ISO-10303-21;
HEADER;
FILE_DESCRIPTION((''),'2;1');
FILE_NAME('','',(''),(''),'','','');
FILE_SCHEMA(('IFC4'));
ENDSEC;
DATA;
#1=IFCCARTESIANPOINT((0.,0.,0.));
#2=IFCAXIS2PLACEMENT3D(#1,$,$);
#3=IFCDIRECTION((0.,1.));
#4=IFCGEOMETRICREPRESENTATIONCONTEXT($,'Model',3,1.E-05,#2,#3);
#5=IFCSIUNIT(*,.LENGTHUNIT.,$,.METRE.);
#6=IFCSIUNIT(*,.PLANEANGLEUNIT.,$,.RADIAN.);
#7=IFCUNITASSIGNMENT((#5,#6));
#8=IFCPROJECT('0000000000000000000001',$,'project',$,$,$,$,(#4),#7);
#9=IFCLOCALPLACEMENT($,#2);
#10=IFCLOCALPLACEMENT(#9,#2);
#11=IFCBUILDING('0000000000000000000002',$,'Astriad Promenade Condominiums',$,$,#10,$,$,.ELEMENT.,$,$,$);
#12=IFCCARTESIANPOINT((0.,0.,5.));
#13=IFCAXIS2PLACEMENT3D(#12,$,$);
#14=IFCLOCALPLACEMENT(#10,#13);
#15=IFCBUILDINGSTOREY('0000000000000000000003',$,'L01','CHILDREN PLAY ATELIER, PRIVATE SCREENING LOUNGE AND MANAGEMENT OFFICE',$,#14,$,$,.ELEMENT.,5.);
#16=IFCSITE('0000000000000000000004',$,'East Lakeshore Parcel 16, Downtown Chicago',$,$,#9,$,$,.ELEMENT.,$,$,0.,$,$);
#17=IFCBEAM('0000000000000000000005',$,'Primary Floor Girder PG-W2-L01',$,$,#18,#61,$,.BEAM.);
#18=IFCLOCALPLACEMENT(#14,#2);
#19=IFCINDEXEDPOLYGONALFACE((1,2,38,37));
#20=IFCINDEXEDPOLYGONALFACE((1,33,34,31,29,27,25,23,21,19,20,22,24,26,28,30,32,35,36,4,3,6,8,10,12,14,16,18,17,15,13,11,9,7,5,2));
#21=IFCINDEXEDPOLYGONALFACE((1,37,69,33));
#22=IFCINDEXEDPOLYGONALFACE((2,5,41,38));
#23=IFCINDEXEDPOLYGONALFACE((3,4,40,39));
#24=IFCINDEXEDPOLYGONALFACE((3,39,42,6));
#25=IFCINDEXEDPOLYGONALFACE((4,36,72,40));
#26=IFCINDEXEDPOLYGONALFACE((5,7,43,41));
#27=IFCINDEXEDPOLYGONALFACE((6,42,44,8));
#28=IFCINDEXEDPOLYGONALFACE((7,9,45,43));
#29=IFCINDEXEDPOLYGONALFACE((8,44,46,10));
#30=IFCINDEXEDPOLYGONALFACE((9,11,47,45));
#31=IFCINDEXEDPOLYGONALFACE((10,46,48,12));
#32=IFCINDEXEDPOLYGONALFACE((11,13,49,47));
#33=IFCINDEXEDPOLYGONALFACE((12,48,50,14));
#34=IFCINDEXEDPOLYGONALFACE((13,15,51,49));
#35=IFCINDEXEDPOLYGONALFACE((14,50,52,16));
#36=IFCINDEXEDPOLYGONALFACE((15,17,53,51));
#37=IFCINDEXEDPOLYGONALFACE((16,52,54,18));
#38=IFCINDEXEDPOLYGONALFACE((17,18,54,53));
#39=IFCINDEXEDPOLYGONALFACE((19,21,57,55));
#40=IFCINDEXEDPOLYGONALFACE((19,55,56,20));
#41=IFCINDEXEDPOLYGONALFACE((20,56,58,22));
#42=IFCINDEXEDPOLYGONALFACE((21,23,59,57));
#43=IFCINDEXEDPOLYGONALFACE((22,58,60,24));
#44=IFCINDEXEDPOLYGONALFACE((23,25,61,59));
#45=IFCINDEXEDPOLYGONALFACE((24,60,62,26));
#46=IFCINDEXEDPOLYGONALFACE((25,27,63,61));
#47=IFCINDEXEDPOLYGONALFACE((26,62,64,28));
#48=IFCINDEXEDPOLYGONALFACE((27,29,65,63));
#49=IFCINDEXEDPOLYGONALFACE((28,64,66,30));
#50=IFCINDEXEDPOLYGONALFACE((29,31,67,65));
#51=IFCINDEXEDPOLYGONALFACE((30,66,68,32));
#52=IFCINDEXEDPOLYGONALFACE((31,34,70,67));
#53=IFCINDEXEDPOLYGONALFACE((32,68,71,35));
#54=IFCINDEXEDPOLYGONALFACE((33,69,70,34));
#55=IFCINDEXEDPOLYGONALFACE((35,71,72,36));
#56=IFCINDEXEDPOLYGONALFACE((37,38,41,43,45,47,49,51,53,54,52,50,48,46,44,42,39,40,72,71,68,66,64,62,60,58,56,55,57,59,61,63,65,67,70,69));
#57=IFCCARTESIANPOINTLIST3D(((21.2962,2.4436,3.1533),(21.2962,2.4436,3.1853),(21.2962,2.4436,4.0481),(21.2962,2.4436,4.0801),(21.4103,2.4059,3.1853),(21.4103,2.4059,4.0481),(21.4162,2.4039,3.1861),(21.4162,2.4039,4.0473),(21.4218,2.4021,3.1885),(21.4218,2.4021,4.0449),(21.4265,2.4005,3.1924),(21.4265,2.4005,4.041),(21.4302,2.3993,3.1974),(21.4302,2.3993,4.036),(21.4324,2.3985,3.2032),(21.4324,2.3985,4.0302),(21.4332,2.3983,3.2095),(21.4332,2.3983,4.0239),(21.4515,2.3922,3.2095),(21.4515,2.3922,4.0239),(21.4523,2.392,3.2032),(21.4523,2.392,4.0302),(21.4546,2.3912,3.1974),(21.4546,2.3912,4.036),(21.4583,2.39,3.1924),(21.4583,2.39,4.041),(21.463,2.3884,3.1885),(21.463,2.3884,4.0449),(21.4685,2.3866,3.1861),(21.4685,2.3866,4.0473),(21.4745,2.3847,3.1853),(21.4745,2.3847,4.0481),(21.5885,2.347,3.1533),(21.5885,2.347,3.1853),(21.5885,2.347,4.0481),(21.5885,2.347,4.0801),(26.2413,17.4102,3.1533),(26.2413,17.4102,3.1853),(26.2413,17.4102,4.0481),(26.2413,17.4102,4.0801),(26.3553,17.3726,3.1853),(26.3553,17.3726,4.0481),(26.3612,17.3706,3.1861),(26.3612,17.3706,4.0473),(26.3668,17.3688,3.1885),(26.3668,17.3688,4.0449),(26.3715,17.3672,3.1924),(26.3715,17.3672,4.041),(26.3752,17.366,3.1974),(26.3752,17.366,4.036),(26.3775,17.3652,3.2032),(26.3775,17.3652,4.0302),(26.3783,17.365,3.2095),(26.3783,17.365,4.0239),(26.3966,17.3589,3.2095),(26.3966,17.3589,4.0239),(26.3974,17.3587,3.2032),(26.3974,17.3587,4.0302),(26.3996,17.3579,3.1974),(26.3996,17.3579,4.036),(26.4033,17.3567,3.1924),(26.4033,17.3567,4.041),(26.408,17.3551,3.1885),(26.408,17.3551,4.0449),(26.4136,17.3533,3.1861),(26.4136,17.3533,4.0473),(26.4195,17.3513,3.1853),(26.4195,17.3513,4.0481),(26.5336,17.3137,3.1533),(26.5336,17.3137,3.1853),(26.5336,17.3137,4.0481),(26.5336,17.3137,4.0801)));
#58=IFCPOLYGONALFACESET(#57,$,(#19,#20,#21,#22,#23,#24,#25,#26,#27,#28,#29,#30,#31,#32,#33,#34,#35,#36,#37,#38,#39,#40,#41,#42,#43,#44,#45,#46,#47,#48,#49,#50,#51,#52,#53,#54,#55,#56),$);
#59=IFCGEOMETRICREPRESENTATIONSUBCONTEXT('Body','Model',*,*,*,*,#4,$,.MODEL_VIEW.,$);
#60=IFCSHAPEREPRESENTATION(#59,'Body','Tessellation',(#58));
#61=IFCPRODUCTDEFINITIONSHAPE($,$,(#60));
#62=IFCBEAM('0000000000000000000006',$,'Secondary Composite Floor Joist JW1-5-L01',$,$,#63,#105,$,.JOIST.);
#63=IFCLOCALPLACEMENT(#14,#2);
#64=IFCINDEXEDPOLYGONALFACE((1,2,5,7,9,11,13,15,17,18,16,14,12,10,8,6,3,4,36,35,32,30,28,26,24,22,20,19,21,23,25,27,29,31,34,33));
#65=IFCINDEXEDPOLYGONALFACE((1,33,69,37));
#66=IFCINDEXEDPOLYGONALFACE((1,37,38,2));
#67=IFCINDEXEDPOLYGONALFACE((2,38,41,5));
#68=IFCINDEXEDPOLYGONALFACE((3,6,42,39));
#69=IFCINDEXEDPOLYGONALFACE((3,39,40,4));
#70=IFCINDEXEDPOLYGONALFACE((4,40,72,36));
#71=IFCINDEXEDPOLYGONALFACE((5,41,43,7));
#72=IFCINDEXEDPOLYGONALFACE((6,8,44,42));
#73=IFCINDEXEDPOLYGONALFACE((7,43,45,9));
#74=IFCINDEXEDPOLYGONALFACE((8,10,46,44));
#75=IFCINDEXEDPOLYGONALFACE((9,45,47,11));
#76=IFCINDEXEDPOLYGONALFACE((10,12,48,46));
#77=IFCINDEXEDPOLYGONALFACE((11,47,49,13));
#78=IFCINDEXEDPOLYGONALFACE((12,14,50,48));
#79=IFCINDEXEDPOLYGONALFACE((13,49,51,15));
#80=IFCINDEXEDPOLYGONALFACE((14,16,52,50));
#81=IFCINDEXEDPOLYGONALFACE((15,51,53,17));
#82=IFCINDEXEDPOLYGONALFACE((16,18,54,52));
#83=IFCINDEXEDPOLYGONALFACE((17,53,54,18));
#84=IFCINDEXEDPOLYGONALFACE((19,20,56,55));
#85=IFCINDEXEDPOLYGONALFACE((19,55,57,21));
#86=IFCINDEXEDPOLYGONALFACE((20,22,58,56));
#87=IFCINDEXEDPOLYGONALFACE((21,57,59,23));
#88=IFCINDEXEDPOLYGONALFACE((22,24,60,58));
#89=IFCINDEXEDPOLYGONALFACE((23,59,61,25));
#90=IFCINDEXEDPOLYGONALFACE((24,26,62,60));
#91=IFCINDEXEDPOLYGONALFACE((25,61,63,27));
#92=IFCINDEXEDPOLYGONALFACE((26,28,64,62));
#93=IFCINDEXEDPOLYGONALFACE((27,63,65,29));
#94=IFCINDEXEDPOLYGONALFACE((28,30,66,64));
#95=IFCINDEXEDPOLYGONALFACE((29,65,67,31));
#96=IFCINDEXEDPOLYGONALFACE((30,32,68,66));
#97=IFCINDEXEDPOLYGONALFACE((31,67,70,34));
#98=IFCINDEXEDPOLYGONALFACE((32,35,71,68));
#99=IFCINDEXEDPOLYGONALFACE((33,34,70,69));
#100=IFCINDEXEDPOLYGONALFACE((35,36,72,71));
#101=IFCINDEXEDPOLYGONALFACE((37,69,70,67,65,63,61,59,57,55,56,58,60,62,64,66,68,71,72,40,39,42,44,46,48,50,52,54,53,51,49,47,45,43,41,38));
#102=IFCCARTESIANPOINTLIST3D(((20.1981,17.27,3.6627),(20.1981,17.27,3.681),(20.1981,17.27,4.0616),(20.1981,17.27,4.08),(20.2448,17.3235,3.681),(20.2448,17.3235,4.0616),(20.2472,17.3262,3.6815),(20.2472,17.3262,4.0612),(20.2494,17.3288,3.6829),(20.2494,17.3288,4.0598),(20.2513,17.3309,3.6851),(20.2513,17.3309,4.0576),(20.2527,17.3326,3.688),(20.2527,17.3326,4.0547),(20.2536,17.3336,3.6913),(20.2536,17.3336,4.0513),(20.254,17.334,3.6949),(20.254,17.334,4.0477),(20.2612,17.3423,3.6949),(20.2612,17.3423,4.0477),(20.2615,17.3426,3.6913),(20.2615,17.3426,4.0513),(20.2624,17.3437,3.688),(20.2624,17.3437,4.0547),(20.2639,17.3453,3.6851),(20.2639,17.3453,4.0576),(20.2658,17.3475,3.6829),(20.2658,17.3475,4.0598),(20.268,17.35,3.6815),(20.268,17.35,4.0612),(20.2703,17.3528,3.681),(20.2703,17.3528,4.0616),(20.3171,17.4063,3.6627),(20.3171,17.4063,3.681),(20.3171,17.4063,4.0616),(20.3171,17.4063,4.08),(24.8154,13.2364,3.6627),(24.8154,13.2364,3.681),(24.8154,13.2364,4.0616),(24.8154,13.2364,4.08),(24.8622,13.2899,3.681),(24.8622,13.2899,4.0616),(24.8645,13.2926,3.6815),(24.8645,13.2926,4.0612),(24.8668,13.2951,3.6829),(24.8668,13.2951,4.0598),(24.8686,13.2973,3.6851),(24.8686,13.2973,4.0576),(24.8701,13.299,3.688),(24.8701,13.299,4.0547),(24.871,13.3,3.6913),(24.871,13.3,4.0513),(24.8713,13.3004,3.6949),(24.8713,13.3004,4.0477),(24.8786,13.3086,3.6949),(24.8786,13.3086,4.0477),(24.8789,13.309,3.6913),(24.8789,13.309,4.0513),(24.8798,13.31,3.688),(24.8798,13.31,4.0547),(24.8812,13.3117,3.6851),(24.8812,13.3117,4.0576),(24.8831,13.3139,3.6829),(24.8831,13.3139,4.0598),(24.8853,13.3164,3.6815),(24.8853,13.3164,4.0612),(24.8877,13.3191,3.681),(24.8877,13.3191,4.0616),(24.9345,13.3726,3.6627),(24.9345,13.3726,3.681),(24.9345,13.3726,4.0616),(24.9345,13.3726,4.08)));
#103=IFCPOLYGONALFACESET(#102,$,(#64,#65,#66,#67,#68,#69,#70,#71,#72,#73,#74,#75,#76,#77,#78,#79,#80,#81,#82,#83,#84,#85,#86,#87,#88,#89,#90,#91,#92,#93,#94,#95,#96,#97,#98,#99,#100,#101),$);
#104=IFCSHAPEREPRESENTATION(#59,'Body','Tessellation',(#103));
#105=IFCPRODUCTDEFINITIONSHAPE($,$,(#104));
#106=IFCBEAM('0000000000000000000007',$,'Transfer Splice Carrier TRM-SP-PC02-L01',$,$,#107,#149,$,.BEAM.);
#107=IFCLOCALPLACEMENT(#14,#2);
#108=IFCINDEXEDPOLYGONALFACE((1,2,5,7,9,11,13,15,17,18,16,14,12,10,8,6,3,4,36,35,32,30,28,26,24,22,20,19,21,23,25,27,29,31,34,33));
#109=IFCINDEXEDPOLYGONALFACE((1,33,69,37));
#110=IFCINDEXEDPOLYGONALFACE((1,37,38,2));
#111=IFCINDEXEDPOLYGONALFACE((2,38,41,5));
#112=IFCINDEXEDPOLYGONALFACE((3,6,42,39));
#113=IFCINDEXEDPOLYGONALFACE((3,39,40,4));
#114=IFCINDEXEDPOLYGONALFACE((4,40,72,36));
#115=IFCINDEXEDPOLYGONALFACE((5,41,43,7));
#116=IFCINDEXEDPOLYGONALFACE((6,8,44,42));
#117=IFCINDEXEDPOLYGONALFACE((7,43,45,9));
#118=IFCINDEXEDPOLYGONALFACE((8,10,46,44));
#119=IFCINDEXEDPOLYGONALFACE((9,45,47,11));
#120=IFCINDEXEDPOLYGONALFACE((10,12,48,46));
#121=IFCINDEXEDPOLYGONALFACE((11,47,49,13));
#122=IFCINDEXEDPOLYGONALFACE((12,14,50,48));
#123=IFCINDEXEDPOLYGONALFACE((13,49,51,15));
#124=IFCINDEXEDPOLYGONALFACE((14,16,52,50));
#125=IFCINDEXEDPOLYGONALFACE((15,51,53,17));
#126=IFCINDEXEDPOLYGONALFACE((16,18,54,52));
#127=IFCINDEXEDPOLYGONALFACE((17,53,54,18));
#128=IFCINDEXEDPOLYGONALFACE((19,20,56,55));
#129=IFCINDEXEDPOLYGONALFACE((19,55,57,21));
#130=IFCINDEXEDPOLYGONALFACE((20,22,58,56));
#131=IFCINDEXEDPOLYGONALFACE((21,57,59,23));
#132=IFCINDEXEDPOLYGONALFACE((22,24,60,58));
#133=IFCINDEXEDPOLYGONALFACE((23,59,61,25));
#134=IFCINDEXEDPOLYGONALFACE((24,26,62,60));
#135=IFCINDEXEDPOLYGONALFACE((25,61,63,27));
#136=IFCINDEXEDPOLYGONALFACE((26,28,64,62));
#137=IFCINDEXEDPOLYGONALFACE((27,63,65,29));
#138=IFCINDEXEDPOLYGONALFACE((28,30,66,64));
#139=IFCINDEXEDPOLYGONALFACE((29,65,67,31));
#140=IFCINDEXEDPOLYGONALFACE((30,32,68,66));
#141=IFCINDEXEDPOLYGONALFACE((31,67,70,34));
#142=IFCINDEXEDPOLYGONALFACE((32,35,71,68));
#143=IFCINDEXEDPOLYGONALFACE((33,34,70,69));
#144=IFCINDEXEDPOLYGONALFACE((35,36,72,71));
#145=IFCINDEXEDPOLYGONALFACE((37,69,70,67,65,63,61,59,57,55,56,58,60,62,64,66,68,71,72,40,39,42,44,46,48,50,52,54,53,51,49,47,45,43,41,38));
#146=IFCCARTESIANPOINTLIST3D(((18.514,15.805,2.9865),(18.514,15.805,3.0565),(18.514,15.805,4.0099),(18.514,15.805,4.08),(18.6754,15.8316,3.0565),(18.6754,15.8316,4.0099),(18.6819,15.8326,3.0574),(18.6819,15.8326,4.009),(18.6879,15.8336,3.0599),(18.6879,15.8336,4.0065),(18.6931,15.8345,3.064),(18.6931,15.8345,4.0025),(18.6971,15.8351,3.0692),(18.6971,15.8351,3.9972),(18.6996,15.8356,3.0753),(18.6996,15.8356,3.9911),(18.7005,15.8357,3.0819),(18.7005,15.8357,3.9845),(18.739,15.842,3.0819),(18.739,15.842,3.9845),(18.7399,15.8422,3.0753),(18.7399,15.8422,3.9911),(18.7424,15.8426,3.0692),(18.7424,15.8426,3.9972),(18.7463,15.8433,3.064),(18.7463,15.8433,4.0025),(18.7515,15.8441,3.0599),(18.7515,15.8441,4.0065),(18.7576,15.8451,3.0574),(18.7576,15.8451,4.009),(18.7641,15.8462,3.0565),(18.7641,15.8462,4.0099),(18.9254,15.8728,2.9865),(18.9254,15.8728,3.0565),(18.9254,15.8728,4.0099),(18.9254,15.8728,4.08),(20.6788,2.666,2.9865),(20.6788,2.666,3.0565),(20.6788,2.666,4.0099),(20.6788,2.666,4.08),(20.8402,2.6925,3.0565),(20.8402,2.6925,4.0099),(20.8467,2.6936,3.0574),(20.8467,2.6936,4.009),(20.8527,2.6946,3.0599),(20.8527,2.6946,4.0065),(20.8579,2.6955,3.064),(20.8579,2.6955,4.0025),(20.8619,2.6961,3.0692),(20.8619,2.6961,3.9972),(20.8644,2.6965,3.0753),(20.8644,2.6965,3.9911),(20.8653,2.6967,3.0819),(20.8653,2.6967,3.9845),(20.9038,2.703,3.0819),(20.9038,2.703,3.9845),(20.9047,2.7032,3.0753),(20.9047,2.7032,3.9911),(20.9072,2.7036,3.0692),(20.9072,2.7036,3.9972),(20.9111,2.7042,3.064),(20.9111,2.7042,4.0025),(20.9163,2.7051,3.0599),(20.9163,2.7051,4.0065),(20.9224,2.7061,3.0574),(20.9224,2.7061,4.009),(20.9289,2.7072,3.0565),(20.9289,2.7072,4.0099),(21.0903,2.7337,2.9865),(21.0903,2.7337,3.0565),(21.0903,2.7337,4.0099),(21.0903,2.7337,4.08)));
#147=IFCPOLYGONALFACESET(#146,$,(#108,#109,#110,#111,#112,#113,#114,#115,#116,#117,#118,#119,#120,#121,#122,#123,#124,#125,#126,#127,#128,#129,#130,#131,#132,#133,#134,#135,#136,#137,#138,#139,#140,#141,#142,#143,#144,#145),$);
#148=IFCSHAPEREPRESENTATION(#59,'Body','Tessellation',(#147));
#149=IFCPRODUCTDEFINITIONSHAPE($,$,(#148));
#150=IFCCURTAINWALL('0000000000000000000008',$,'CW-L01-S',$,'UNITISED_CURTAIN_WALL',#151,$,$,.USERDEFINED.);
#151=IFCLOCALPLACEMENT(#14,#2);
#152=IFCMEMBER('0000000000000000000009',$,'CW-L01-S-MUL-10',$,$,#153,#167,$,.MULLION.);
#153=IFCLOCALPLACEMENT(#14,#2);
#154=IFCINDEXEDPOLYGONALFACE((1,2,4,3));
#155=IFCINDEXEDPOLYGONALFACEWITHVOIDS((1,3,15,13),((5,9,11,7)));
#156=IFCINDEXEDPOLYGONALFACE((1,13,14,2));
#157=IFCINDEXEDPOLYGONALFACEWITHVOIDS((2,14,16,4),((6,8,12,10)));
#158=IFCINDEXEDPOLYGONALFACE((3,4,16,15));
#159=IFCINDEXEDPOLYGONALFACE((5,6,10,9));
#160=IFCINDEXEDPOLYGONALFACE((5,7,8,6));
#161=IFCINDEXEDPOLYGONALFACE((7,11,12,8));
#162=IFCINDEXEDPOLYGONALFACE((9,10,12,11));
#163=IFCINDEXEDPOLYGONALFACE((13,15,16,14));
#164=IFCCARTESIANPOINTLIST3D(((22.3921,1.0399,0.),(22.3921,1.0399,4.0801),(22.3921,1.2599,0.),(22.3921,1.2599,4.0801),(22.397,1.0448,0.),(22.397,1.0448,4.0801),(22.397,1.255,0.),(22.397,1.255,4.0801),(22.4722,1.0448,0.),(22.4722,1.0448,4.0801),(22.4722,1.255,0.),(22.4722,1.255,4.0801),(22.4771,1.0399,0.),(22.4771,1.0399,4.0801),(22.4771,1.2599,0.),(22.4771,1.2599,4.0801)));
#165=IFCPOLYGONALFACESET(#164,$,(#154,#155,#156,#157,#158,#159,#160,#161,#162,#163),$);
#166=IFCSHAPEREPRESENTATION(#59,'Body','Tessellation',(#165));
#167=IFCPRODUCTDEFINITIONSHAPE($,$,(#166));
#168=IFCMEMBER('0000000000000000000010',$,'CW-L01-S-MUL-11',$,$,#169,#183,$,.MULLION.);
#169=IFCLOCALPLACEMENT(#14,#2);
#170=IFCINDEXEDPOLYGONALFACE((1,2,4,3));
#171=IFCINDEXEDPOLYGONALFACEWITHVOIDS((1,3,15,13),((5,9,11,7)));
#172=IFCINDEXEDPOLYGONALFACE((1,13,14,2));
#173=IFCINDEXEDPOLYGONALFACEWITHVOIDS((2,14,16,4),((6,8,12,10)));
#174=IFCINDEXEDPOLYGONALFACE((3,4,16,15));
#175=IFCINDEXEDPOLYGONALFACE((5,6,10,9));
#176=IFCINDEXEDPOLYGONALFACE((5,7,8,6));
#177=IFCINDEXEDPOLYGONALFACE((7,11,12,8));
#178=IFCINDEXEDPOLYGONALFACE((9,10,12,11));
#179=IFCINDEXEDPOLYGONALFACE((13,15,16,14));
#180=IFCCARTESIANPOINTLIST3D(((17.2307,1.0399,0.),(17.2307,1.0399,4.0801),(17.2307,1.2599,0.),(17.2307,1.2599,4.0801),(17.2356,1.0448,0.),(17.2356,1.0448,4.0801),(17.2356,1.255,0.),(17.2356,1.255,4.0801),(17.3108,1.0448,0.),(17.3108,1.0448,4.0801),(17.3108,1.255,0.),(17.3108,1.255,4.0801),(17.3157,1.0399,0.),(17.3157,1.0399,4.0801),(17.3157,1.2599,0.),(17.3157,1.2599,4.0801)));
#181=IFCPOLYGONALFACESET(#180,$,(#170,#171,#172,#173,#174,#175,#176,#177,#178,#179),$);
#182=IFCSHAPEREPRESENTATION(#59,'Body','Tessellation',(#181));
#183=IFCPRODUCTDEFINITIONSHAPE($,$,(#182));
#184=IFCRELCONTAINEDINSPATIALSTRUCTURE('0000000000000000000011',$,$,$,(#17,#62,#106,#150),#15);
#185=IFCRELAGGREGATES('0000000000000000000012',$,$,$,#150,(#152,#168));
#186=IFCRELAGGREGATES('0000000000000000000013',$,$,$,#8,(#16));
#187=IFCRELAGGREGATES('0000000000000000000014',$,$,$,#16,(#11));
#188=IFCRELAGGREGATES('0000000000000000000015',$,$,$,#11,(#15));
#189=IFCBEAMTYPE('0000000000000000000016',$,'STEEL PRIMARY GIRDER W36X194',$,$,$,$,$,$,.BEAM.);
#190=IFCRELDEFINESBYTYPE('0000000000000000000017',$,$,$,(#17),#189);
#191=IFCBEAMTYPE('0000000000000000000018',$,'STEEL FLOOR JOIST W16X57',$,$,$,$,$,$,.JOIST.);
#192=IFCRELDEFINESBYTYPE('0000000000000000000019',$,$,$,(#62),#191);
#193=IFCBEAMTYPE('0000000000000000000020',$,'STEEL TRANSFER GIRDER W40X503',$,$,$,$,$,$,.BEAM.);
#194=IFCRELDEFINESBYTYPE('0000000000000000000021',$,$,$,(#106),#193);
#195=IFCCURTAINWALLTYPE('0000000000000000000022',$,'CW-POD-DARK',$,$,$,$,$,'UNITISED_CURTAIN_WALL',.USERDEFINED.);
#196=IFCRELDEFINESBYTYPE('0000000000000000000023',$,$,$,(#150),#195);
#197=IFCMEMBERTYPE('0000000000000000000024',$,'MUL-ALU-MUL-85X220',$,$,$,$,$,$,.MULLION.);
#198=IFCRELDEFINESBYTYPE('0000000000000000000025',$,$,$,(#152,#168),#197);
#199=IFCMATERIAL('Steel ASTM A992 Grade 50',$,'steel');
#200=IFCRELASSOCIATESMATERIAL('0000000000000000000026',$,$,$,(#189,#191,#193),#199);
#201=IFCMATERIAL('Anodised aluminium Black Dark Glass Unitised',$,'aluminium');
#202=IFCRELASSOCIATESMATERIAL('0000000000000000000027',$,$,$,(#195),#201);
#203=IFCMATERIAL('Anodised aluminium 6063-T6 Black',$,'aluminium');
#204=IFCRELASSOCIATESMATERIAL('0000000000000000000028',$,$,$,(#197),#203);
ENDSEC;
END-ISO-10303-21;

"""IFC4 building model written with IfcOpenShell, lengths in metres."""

from ifc_helpers import new_model, si_unit, direction, frame, origin, origin_2d, place, context, subcontext, project, spatial, hollow_rectangle, i_section, extrude, source, transform, mapped, material, material_profile, profile_set, type_object, type_shapes, element, aggregate, save


model = new_model("IFC4")

# Units and contexts
model_context = context("Model", 3, precision=1e-05, world=origin(), true_north=direction((0.0, 1.0)))
body_context = subcontext(model_context, "Body", "Model", "MODEL_VIEW")
ifc_project = project(units=[si_unit("LENGTHUNIT", "METRE"), si_unit("PLANEANGLEUNIT", "RADIAN")], contexts=[model_context])

# Site, building, storey
site_placement = place(None, origin())
site = spatial("IfcSite", under=ifc_project, at=site_placement, Name="East Lakeshore Parcel 16, Downtown Chicago", CompositionType="ELEMENT", RefElevation=0.0)
building_placement = place(site_placement, origin())
building = spatial("IfcBuilding", under=site, at=building_placement, Name="Astriad Promenade Condominiums", CompositionType="ELEMENT")
storey_placement = place(building_placement, frame((0.0, 0.0, 5.0)))
storey = spatial("IfcBuildingStorey", under=building, at=storey_placement, Name="L01", Description="CHILDREN PLAY ATELIER, PRIVATE SCREENING LOUNGE AND MANAGEMENT OFFICE", CompositionType="ELEMENT", Elevation=5.0)

# Shared definitions
ifc_material_1 = material(Name="Steel ASTM A992 Grade 50", Category="steel")

# Beams
ifc_material_profile_1 = material_profile(ifc_material_1, i_section(OverallWidth=0.3079, OverallDepth=0.9268, WebThickness=0.0193, FlangeThickness=0.032, FilletRadius=0.0242, at=origin_2d()), Name="W36X194")
ifc_profile_set_1 = profile_set([ifc_material_profile_1], Name="Steel ASTM A992 Grade 50")
beam_type_1 = type_object("IfcBeamType", Name="STEEL PRIMARY GIRDER W36X194", PredefinedType="BEAM", material=ifc_profile_set_1)
shared_shape_1 = source(origin(), body_context, "Body", "SweptSolid", [
    extrude(i_section(OverallWidth=0.3079, OverallDepth=0.9268, WebThickness=0.0193, FlangeThickness=0.032, FilletRadius=0.0242, at=origin_2d()), origin(), (0.0, 0.0, 1.0), 15.7625),
])
type_shapes(beam_type_1, [shared_shape_1])
beam_1_placement = place(storey_placement, frame((21.4424, 2.3953, 3.6167), z_axis=(0.313722, 0.949515, 0.0), x_axis=(-0.949515, 0.313722, 0.0)))
element("IfcBeam", 1, at=beam_1_placement, inside=storey, type_object=beam_type_1, Name="Primary Floor Girder PG-W2-L01", PredefinedType="BEAM", context=body_context, shape_type="MappedRepresentation", body=[
    mapped(shared_shape_1, transform((0.0, 0.0, 0.0), scale=1.0)),
])
ifc_material_profile_2 = material_profile(ifc_material_1, i_section(OverallWidth=0.1809, OverallDepth=0.4172, WebThickness=0.011, FlangeThickness=0.0183, FilletRadius=0.0139, at=origin_2d()), Name="W16X57")
ifc_profile_set_2 = profile_set([ifc_material_profile_2], Name="Steel ASTM A992 Grade 50")
beam_type_2 = type_object("IfcBeamType", Name="STEEL FLOOR JOIST W16X57", PredefinedType="JOIST", material=ifc_profile_set_2)
shared_shape_2 = source(origin(), body_context, "Body", "SweptSolid", [
    extrude(i_section(OverallWidth=0.1809, OverallDepth=0.4172, WebThickness=0.011, FlangeThickness=0.0183, FilletRadius=0.0139, at=origin_2d()), origin(), (0.0, 0.0, 1.0), 6.1311),
])
type_shapes(beam_type_2, [shared_shape_2])
beam_2_placement = place(storey_placement, frame((20.2576, 17.3381, 3.8713), z_axis=(0.753107, -0.657898, 0.0), x_axis=(0.657898, 0.753107, 0.0)))
element("IfcBeam", 2, at=beam_2_placement, inside=storey, type_object=beam_type_2, Name="Secondary Composite Floor Joist JW1-5-L01", PredefinedType="JOIST", context=body_context, shape_type="MappedRepresentation", body=[
    mapped(shared_shape_2, transform((0.0, 0.0, 0.0), scale=1.0)),
])
ifc_material_profile_3 = material_profile(ifc_material_1, i_section(OverallWidth=0.417, OverallDepth=1.0935, WebThickness=0.0391, FlangeThickness=0.0701, FilletRadius=0.0254, at=origin_2d()), Name="W40X503")
ifc_profile_set_3 = profile_set([ifc_material_profile_3], Name="Steel ASTM A992 Grade 50")
beam_type_3 = type_object("IfcBeamType", Name="STEEL TRANSFER GIRDER W40X503", PredefinedType="BEAM", material=ifc_profile_set_3)
shared_shape_3 = source(origin(), body_context, "Body", "SweptSolid", [
    extrude(i_section(OverallWidth=0.417, OverallDepth=1.0935, WebThickness=0.0391, FlangeThickness=0.0701, FilletRadius=0.0254, at=origin_2d()), origin(), (0.0, 0.0, 1.0), 13.3162),
])
type_shapes(beam_type_3, [shared_shape_3])
beam_3_placement = place(storey_placement, frame((18.7197, 15.8389, 3.5332), z_axis=(0.16257, -0.986697, 0.0), x_axis=(0.986697, 0.16257, 0.0)))
element("IfcBeam", 3, at=beam_3_placement, inside=storey, type_object=beam_type_3, Name="Transfer Splice Carrier TRM-SP-PC02-L01", PredefinedType="BEAM", context=body_context, shape_type="MappedRepresentation", body=[
    mapped(shared_shape_3, transform((0.0, 0.0, 0.0), scale=1.0)),
])

# Curtain wall, members
ifc_material_2 = material(Name="Anodised aluminium Black Dark Glass Unitised", Category="aluminium")
curtain_wall_type = type_object("IfcCurtainWallType", Name="CW-POD-DARK", ElementType="UNITISED_CURTAIN_WALL", PredefinedType="USERDEFINED", material=ifc_material_2)
curtain_wall_placement = place(storey_placement, origin())
curtain_wall = element("IfcCurtainWall", 4, at=curtain_wall_placement, inside=storey, type_object=curtain_wall_type, Name="CW-L01-S", ObjectType="UNITISED_CURTAIN_WALL", PredefinedType="USERDEFINED")
ifc_material_3 = material(Name="Anodised aluminium 6063-T6 Black", Category="aluminium")
ifc_material_profile_4 = material_profile(ifc_material_3, hollow_rectangle(XDim=0.085, YDim=0.22, WallThickness=0.0049, at=origin_2d()), Name="ALU-MUL-85X220")
ifc_profile_set_4 = profile_set([ifc_material_profile_4], Name="Anodised aluminium 6063-T6 Black")
member_type_1 = type_object("IfcMemberType", Name="MUL-ALU-MUL-85X220", PredefinedType="MULLION", material=ifc_profile_set_4)
shared_shape_4 = source(origin(), body_context, "Body", "SweptSolid", [
    extrude(hollow_rectangle(XDim=0.085, YDim=0.22, WallThickness=0.0049, at=origin_2d()), origin(), (0.0, 0.0, 1.0), 4.0801),
])
type_shapes(member_type_1, [shared_shape_4])
member_1_placement = place(storey_placement, frame((22.4346, 1.1499, 0.0), z_axis=(0.0, 0.0, 1.0), x_axis=(1.0, 0.0, 0.0)))
member_1 = element("IfcMember", 5, at=member_1_placement, type_object=member_type_1, Name="CW-L01-S-MUL-10", PredefinedType="MULLION", context=body_context, shape_type="MappedRepresentation", body=[
    mapped(shared_shape_4, transform((0.0, 0.0, 0.0), scale=1.0)),
])
member_2_placement = place(storey_placement, frame((17.2732, 1.1499, 0.0), z_axis=(0.0, 0.0, 1.0), x_axis=(1.0, 0.0, 0.0)))
member_2 = element("IfcMember", 6, at=member_2_placement, type_object=member_type_1, Name="CW-L01-S-MUL-11", PredefinedType="MULLION", context=body_context, shape_type="MappedRepresentation", body=[
    mapped(shared_shape_4, transform((0.0, 0.0, 0.0), scale=1.0)),
])

aggregate(curtain_wall, [member_1, member_2])

save(model, "model.ifc")
